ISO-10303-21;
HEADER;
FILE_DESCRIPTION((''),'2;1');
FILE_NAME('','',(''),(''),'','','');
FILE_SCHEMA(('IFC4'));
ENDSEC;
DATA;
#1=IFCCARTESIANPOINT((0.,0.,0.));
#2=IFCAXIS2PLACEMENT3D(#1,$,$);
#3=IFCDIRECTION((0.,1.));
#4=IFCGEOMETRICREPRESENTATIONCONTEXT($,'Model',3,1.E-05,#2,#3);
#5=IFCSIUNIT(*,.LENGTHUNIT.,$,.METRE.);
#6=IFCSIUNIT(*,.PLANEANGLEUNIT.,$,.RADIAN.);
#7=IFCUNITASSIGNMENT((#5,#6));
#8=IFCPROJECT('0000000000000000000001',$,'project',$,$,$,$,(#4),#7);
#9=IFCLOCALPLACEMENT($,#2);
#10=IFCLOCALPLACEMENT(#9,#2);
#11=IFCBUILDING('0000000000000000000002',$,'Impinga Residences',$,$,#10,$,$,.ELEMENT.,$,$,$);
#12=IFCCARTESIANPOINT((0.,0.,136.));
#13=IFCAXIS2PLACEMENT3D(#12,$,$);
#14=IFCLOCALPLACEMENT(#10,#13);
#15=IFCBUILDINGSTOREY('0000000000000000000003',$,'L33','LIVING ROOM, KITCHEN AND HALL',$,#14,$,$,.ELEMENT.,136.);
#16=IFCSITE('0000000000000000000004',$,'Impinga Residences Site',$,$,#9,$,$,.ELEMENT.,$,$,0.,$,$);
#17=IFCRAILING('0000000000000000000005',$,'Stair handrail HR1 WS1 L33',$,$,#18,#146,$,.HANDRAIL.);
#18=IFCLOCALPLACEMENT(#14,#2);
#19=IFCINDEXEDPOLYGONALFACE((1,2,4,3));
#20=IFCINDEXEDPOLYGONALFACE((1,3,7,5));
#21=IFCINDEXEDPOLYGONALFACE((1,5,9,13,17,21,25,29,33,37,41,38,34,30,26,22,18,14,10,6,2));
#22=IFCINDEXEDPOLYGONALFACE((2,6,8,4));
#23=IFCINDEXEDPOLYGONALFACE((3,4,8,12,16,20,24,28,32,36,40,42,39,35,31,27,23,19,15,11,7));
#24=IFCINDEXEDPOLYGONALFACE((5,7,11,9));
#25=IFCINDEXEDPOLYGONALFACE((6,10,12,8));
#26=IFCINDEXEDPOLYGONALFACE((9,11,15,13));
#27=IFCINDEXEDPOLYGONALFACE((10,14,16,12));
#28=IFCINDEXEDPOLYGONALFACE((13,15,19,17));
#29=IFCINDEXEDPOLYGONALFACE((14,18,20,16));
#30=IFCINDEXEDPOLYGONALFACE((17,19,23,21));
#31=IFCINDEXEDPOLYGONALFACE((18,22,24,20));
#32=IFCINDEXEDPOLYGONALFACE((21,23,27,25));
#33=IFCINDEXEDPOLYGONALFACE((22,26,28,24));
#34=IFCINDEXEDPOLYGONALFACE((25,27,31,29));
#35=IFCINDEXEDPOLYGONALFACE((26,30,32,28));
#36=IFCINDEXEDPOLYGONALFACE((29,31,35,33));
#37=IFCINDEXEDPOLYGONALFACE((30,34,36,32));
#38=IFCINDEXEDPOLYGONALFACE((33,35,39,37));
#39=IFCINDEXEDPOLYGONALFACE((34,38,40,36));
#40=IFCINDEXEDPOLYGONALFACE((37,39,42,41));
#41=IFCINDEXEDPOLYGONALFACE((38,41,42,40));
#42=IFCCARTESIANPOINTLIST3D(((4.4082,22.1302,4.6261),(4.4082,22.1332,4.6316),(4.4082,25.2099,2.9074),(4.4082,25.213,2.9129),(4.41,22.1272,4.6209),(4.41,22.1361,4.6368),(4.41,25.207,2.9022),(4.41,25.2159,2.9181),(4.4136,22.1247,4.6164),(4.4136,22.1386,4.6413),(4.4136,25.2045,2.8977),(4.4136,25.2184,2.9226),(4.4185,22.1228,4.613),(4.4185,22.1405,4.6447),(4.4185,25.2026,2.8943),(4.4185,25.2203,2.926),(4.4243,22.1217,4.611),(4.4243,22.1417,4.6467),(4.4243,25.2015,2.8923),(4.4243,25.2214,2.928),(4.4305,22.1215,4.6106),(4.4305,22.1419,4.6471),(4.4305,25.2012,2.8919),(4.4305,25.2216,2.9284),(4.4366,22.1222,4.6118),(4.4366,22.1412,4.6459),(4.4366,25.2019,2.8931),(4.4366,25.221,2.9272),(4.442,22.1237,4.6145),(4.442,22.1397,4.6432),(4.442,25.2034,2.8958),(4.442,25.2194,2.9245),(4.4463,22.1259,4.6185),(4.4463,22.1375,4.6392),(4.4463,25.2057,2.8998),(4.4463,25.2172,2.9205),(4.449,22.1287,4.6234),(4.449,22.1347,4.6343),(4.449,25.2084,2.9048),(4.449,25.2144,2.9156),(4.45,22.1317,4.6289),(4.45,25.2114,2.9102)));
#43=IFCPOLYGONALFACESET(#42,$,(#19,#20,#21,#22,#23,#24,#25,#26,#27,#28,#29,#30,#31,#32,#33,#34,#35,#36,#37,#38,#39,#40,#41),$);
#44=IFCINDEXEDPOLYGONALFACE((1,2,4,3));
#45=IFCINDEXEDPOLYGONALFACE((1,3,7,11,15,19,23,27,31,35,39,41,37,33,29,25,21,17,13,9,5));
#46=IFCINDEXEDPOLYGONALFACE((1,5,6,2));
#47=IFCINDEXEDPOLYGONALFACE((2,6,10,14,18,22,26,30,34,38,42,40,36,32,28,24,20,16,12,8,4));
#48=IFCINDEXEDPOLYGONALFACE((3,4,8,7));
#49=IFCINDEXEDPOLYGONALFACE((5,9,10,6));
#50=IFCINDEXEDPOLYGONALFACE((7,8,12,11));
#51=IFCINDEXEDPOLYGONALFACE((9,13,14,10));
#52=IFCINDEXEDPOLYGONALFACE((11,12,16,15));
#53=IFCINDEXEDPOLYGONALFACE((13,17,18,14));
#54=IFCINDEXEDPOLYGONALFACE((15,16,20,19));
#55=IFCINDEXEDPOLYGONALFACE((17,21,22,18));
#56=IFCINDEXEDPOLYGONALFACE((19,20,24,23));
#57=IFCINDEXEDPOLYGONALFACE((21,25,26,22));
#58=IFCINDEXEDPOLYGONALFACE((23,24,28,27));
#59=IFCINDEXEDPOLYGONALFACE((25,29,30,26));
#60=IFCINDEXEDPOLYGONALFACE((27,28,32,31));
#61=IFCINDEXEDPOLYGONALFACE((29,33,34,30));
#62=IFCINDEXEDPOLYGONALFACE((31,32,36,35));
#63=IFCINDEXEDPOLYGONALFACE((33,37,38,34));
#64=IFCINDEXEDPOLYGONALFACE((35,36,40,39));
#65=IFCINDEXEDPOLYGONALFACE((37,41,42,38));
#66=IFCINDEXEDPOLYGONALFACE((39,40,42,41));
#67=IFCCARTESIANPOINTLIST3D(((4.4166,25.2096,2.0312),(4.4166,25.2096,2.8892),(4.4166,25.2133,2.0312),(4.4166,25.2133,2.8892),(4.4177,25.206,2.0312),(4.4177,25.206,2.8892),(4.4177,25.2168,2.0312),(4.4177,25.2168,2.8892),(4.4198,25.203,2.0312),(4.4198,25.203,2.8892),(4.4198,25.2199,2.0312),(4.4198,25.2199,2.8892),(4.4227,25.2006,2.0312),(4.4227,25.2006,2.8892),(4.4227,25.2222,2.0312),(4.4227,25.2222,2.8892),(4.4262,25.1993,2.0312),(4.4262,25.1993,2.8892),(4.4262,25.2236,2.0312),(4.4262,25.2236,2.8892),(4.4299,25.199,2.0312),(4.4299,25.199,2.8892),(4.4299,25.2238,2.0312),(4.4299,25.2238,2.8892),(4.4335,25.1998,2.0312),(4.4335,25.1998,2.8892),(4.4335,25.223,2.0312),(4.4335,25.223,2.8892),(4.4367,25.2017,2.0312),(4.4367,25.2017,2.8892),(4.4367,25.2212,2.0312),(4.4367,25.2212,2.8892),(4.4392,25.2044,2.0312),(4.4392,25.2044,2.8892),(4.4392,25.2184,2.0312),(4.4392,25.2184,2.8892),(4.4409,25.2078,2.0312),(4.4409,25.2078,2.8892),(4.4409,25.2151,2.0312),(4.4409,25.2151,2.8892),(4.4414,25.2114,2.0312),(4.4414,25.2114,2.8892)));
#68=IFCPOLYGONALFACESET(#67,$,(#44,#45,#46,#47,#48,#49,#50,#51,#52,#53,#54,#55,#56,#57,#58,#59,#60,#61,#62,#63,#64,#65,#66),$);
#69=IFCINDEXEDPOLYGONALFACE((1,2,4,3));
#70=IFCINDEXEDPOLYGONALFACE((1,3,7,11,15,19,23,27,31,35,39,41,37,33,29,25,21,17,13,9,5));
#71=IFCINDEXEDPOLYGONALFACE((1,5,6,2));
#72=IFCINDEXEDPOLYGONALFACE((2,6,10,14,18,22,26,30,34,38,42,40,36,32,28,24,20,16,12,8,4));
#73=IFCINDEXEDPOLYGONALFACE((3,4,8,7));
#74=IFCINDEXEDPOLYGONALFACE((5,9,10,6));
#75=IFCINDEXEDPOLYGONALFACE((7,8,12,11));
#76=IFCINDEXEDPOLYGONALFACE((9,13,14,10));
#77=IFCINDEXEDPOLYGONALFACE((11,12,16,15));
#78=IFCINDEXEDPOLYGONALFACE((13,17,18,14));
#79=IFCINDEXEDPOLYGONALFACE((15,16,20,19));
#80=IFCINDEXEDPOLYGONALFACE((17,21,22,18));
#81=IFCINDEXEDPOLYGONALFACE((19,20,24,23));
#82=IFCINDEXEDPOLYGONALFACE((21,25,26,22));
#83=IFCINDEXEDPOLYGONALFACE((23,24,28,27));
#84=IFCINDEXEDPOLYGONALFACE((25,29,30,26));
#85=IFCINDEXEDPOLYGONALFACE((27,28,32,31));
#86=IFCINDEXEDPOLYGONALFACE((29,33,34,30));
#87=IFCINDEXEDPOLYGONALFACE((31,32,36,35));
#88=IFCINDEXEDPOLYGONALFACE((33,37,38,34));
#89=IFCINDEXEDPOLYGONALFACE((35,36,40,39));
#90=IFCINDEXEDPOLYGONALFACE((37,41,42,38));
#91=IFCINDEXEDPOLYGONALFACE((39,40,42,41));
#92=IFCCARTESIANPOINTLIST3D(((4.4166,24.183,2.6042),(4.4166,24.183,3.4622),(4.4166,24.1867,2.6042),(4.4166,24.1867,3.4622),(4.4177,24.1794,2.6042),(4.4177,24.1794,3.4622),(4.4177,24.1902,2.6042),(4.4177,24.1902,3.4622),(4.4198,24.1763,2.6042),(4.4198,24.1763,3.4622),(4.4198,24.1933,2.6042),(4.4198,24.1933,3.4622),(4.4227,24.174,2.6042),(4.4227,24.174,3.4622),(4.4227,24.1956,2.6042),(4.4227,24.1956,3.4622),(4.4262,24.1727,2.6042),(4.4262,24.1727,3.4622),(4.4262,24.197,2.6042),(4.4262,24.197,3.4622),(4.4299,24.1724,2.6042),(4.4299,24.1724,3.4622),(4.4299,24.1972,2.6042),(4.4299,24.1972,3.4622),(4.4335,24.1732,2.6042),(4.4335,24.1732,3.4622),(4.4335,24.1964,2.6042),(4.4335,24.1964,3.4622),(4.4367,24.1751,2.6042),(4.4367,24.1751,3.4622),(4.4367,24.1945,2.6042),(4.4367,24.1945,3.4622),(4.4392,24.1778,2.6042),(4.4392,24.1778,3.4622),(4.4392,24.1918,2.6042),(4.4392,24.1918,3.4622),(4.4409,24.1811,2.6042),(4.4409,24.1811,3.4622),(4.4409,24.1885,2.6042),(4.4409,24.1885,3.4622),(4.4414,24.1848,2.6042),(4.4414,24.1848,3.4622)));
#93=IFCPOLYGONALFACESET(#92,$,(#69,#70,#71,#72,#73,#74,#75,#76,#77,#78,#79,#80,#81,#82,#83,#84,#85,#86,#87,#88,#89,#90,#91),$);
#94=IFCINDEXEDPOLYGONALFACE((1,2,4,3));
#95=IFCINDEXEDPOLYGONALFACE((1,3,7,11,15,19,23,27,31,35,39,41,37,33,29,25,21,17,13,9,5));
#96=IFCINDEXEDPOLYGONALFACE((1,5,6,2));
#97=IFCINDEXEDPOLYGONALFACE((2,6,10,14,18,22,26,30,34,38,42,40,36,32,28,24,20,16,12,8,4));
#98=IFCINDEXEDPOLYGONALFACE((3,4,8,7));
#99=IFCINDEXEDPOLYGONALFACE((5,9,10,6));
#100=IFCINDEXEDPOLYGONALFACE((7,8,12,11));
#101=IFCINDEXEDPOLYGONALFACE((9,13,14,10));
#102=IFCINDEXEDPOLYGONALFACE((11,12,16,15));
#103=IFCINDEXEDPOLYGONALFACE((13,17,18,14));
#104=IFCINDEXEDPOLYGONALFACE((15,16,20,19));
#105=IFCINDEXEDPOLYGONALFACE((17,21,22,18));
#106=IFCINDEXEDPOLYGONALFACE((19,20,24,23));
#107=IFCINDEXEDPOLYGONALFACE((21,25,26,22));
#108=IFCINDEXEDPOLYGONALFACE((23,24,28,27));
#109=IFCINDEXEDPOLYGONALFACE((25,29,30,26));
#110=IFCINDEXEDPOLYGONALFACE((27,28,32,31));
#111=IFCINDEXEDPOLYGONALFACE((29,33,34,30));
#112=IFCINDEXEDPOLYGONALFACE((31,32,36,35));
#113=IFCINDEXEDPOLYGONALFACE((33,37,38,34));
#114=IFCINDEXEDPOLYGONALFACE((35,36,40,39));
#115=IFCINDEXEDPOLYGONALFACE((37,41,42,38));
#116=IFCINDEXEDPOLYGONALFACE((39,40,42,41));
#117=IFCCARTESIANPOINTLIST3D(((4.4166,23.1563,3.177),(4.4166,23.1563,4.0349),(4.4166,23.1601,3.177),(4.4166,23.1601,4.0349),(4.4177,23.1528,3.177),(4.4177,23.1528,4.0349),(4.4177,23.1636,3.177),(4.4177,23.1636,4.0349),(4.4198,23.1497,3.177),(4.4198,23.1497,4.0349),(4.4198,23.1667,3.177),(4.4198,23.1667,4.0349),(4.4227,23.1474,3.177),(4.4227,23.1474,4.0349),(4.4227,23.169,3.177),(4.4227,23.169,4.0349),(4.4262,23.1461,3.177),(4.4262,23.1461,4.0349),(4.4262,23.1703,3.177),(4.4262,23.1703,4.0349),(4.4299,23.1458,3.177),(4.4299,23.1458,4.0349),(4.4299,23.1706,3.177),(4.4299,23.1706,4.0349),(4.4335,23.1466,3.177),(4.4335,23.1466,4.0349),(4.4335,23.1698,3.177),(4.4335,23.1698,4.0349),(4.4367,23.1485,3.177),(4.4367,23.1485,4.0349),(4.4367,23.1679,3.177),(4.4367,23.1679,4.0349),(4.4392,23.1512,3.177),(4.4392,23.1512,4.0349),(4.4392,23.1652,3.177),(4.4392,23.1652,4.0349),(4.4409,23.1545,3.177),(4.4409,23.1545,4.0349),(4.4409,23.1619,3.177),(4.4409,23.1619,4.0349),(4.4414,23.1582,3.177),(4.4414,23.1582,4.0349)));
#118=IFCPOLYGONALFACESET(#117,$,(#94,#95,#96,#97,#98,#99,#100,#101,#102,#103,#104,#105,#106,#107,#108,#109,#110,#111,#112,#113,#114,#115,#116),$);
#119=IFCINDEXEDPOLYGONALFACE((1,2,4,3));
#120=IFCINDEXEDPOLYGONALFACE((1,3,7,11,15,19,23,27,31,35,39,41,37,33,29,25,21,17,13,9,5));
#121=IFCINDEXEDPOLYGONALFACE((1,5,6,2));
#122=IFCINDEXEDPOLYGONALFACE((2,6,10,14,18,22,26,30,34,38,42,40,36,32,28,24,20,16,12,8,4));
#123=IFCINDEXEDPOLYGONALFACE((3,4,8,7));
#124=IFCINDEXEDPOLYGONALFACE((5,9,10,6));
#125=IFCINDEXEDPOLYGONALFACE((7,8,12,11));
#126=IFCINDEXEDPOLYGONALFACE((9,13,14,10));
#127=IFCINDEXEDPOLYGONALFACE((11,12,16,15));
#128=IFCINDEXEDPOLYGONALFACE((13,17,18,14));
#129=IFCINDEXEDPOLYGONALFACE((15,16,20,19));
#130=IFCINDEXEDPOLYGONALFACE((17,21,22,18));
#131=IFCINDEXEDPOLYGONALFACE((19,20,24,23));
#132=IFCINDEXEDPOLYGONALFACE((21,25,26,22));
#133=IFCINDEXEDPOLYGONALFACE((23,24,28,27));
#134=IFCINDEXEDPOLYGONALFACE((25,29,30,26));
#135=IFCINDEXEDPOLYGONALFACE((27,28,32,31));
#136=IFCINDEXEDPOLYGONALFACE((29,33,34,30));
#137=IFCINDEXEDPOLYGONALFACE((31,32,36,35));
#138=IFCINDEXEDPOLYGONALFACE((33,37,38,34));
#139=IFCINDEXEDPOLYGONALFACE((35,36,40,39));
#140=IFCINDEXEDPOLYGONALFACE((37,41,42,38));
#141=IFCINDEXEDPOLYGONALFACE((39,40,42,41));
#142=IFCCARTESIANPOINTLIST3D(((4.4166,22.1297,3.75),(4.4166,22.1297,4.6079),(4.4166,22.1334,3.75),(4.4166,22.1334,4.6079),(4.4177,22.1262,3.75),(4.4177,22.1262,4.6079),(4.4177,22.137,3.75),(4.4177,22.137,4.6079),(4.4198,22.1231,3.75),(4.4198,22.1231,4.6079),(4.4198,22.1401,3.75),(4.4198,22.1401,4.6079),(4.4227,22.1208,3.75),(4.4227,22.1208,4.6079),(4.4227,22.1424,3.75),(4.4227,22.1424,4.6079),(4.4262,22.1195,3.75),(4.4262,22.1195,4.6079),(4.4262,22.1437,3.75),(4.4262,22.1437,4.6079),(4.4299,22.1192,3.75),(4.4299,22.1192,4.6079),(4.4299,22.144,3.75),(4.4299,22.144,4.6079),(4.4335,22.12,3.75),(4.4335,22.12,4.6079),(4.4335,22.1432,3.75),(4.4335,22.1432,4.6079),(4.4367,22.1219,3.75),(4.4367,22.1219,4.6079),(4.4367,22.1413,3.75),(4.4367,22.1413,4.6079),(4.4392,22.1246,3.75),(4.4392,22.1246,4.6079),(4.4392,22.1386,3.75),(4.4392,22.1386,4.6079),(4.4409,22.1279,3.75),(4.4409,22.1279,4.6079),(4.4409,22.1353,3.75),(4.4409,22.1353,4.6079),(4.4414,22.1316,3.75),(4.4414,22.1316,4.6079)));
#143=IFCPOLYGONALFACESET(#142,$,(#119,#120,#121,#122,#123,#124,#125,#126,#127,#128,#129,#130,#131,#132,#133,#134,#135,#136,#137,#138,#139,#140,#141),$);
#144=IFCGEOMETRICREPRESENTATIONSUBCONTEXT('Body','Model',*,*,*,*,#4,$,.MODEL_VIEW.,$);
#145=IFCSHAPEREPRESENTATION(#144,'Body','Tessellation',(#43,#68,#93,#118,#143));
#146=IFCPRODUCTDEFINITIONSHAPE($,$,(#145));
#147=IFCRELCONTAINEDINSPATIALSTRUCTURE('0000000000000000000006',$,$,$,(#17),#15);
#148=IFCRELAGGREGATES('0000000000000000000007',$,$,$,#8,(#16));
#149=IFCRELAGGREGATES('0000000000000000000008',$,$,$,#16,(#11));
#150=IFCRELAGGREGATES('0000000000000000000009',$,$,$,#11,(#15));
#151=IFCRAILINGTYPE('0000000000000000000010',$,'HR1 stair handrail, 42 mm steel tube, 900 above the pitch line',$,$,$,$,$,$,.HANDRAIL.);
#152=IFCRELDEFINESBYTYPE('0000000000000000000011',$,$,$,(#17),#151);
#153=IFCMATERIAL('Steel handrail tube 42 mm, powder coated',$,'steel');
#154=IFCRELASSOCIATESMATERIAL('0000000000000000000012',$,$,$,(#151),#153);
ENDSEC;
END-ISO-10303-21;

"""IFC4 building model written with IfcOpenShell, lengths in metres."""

from ifc_helpers import new_model, si_unit, direction, frame, origin, origin_2d, place, context, subcontext, project, spatial, circle, extrude, material, type_object, element, save


model = new_model("IFC4")

# Units and contexts
model_context = context("Model", 3, precision=1e-05, world=origin(), true_north=direction((0.0, 1.0)))
body_context = subcontext(model_context, "Body", "Model", "MODEL_VIEW")
ifc_project = project(units=[si_unit("LENGTHUNIT", "METRE"), si_unit("PLANEANGLEUNIT", "RADIAN")], contexts=[model_context])

# Site, building, storey
site_placement = place(None, origin())
site = spatial("IfcSite", under=ifc_project, at=site_placement, Name="Impinga Residences Site", CompositionType="ELEMENT", RefElevation=0.0)
building_placement = place(site_placement, origin())
building = spatial("IfcBuilding", under=site, at=building_placement, Name="Impinga Residences", CompositionType="ELEMENT")
storey_placement = place(building_placement, frame((0.0, 0.0, 136.0)))
storey = spatial("IfcBuildingStorey", under=building, at=storey_placement, Name="L33", Description="LIVING ROOM, KITCHEN AND HALL", CompositionType="ELEMENT", Elevation=136.0)

# Railing
ifc_material_1 = material(Name="Steel handrail tube 42 mm, powder coated", Category="steel")
railing_type_1 = type_object("IfcRailingType", Name="HR1 stair handrail, 42 mm steel tube, 900 above the pitch line", PredefinedType="HANDRAIL", material=ifc_material_1)
railing_1_placement = place(storey_placement, frame((4.429, 25.2114, 2.0312)))
element("IfcRailing", 1, at=railing_1_placement, inside=storey, type_object=railing_type_1, Name="Stair handrail HR1 WS1 L33", PredefinedType="HANDRAIL", context=body_context, shape_type="SweptSolid", body=[
    extrude(circle(Radius=0.021, at=origin_2d()), frame((0.0, 0.0, 0.8789), z_axis=(0.0, -0.873225, 0.487317), x_axis=(1.0, 0.0, 0.0)), (0.0, 0.0, 1.0), 3.5269),
    extrude(circle(Radius=0.0125, at=origin_2d()), origin(), (0.0, 0.0, 1.0), 0.8579),
    extrude(circle(Radius=0.0125, at=origin_2d()), frame((0.0, -1.0266, 0.573)), (0.0, 0.0, 1.0), 0.8579),
    extrude(circle(Radius=0.0125, at=origin_2d()), frame((0.0, -2.0532, 1.1458)), (0.0, 0.0, 1.0), 0.8579),
    extrude(circle(Radius=0.0125, at=origin_2d()), frame((0.0, -3.0798, 1.7188)), (0.0, 0.0, 1.0), 0.8579),
])

save(model, "model.ifc")
